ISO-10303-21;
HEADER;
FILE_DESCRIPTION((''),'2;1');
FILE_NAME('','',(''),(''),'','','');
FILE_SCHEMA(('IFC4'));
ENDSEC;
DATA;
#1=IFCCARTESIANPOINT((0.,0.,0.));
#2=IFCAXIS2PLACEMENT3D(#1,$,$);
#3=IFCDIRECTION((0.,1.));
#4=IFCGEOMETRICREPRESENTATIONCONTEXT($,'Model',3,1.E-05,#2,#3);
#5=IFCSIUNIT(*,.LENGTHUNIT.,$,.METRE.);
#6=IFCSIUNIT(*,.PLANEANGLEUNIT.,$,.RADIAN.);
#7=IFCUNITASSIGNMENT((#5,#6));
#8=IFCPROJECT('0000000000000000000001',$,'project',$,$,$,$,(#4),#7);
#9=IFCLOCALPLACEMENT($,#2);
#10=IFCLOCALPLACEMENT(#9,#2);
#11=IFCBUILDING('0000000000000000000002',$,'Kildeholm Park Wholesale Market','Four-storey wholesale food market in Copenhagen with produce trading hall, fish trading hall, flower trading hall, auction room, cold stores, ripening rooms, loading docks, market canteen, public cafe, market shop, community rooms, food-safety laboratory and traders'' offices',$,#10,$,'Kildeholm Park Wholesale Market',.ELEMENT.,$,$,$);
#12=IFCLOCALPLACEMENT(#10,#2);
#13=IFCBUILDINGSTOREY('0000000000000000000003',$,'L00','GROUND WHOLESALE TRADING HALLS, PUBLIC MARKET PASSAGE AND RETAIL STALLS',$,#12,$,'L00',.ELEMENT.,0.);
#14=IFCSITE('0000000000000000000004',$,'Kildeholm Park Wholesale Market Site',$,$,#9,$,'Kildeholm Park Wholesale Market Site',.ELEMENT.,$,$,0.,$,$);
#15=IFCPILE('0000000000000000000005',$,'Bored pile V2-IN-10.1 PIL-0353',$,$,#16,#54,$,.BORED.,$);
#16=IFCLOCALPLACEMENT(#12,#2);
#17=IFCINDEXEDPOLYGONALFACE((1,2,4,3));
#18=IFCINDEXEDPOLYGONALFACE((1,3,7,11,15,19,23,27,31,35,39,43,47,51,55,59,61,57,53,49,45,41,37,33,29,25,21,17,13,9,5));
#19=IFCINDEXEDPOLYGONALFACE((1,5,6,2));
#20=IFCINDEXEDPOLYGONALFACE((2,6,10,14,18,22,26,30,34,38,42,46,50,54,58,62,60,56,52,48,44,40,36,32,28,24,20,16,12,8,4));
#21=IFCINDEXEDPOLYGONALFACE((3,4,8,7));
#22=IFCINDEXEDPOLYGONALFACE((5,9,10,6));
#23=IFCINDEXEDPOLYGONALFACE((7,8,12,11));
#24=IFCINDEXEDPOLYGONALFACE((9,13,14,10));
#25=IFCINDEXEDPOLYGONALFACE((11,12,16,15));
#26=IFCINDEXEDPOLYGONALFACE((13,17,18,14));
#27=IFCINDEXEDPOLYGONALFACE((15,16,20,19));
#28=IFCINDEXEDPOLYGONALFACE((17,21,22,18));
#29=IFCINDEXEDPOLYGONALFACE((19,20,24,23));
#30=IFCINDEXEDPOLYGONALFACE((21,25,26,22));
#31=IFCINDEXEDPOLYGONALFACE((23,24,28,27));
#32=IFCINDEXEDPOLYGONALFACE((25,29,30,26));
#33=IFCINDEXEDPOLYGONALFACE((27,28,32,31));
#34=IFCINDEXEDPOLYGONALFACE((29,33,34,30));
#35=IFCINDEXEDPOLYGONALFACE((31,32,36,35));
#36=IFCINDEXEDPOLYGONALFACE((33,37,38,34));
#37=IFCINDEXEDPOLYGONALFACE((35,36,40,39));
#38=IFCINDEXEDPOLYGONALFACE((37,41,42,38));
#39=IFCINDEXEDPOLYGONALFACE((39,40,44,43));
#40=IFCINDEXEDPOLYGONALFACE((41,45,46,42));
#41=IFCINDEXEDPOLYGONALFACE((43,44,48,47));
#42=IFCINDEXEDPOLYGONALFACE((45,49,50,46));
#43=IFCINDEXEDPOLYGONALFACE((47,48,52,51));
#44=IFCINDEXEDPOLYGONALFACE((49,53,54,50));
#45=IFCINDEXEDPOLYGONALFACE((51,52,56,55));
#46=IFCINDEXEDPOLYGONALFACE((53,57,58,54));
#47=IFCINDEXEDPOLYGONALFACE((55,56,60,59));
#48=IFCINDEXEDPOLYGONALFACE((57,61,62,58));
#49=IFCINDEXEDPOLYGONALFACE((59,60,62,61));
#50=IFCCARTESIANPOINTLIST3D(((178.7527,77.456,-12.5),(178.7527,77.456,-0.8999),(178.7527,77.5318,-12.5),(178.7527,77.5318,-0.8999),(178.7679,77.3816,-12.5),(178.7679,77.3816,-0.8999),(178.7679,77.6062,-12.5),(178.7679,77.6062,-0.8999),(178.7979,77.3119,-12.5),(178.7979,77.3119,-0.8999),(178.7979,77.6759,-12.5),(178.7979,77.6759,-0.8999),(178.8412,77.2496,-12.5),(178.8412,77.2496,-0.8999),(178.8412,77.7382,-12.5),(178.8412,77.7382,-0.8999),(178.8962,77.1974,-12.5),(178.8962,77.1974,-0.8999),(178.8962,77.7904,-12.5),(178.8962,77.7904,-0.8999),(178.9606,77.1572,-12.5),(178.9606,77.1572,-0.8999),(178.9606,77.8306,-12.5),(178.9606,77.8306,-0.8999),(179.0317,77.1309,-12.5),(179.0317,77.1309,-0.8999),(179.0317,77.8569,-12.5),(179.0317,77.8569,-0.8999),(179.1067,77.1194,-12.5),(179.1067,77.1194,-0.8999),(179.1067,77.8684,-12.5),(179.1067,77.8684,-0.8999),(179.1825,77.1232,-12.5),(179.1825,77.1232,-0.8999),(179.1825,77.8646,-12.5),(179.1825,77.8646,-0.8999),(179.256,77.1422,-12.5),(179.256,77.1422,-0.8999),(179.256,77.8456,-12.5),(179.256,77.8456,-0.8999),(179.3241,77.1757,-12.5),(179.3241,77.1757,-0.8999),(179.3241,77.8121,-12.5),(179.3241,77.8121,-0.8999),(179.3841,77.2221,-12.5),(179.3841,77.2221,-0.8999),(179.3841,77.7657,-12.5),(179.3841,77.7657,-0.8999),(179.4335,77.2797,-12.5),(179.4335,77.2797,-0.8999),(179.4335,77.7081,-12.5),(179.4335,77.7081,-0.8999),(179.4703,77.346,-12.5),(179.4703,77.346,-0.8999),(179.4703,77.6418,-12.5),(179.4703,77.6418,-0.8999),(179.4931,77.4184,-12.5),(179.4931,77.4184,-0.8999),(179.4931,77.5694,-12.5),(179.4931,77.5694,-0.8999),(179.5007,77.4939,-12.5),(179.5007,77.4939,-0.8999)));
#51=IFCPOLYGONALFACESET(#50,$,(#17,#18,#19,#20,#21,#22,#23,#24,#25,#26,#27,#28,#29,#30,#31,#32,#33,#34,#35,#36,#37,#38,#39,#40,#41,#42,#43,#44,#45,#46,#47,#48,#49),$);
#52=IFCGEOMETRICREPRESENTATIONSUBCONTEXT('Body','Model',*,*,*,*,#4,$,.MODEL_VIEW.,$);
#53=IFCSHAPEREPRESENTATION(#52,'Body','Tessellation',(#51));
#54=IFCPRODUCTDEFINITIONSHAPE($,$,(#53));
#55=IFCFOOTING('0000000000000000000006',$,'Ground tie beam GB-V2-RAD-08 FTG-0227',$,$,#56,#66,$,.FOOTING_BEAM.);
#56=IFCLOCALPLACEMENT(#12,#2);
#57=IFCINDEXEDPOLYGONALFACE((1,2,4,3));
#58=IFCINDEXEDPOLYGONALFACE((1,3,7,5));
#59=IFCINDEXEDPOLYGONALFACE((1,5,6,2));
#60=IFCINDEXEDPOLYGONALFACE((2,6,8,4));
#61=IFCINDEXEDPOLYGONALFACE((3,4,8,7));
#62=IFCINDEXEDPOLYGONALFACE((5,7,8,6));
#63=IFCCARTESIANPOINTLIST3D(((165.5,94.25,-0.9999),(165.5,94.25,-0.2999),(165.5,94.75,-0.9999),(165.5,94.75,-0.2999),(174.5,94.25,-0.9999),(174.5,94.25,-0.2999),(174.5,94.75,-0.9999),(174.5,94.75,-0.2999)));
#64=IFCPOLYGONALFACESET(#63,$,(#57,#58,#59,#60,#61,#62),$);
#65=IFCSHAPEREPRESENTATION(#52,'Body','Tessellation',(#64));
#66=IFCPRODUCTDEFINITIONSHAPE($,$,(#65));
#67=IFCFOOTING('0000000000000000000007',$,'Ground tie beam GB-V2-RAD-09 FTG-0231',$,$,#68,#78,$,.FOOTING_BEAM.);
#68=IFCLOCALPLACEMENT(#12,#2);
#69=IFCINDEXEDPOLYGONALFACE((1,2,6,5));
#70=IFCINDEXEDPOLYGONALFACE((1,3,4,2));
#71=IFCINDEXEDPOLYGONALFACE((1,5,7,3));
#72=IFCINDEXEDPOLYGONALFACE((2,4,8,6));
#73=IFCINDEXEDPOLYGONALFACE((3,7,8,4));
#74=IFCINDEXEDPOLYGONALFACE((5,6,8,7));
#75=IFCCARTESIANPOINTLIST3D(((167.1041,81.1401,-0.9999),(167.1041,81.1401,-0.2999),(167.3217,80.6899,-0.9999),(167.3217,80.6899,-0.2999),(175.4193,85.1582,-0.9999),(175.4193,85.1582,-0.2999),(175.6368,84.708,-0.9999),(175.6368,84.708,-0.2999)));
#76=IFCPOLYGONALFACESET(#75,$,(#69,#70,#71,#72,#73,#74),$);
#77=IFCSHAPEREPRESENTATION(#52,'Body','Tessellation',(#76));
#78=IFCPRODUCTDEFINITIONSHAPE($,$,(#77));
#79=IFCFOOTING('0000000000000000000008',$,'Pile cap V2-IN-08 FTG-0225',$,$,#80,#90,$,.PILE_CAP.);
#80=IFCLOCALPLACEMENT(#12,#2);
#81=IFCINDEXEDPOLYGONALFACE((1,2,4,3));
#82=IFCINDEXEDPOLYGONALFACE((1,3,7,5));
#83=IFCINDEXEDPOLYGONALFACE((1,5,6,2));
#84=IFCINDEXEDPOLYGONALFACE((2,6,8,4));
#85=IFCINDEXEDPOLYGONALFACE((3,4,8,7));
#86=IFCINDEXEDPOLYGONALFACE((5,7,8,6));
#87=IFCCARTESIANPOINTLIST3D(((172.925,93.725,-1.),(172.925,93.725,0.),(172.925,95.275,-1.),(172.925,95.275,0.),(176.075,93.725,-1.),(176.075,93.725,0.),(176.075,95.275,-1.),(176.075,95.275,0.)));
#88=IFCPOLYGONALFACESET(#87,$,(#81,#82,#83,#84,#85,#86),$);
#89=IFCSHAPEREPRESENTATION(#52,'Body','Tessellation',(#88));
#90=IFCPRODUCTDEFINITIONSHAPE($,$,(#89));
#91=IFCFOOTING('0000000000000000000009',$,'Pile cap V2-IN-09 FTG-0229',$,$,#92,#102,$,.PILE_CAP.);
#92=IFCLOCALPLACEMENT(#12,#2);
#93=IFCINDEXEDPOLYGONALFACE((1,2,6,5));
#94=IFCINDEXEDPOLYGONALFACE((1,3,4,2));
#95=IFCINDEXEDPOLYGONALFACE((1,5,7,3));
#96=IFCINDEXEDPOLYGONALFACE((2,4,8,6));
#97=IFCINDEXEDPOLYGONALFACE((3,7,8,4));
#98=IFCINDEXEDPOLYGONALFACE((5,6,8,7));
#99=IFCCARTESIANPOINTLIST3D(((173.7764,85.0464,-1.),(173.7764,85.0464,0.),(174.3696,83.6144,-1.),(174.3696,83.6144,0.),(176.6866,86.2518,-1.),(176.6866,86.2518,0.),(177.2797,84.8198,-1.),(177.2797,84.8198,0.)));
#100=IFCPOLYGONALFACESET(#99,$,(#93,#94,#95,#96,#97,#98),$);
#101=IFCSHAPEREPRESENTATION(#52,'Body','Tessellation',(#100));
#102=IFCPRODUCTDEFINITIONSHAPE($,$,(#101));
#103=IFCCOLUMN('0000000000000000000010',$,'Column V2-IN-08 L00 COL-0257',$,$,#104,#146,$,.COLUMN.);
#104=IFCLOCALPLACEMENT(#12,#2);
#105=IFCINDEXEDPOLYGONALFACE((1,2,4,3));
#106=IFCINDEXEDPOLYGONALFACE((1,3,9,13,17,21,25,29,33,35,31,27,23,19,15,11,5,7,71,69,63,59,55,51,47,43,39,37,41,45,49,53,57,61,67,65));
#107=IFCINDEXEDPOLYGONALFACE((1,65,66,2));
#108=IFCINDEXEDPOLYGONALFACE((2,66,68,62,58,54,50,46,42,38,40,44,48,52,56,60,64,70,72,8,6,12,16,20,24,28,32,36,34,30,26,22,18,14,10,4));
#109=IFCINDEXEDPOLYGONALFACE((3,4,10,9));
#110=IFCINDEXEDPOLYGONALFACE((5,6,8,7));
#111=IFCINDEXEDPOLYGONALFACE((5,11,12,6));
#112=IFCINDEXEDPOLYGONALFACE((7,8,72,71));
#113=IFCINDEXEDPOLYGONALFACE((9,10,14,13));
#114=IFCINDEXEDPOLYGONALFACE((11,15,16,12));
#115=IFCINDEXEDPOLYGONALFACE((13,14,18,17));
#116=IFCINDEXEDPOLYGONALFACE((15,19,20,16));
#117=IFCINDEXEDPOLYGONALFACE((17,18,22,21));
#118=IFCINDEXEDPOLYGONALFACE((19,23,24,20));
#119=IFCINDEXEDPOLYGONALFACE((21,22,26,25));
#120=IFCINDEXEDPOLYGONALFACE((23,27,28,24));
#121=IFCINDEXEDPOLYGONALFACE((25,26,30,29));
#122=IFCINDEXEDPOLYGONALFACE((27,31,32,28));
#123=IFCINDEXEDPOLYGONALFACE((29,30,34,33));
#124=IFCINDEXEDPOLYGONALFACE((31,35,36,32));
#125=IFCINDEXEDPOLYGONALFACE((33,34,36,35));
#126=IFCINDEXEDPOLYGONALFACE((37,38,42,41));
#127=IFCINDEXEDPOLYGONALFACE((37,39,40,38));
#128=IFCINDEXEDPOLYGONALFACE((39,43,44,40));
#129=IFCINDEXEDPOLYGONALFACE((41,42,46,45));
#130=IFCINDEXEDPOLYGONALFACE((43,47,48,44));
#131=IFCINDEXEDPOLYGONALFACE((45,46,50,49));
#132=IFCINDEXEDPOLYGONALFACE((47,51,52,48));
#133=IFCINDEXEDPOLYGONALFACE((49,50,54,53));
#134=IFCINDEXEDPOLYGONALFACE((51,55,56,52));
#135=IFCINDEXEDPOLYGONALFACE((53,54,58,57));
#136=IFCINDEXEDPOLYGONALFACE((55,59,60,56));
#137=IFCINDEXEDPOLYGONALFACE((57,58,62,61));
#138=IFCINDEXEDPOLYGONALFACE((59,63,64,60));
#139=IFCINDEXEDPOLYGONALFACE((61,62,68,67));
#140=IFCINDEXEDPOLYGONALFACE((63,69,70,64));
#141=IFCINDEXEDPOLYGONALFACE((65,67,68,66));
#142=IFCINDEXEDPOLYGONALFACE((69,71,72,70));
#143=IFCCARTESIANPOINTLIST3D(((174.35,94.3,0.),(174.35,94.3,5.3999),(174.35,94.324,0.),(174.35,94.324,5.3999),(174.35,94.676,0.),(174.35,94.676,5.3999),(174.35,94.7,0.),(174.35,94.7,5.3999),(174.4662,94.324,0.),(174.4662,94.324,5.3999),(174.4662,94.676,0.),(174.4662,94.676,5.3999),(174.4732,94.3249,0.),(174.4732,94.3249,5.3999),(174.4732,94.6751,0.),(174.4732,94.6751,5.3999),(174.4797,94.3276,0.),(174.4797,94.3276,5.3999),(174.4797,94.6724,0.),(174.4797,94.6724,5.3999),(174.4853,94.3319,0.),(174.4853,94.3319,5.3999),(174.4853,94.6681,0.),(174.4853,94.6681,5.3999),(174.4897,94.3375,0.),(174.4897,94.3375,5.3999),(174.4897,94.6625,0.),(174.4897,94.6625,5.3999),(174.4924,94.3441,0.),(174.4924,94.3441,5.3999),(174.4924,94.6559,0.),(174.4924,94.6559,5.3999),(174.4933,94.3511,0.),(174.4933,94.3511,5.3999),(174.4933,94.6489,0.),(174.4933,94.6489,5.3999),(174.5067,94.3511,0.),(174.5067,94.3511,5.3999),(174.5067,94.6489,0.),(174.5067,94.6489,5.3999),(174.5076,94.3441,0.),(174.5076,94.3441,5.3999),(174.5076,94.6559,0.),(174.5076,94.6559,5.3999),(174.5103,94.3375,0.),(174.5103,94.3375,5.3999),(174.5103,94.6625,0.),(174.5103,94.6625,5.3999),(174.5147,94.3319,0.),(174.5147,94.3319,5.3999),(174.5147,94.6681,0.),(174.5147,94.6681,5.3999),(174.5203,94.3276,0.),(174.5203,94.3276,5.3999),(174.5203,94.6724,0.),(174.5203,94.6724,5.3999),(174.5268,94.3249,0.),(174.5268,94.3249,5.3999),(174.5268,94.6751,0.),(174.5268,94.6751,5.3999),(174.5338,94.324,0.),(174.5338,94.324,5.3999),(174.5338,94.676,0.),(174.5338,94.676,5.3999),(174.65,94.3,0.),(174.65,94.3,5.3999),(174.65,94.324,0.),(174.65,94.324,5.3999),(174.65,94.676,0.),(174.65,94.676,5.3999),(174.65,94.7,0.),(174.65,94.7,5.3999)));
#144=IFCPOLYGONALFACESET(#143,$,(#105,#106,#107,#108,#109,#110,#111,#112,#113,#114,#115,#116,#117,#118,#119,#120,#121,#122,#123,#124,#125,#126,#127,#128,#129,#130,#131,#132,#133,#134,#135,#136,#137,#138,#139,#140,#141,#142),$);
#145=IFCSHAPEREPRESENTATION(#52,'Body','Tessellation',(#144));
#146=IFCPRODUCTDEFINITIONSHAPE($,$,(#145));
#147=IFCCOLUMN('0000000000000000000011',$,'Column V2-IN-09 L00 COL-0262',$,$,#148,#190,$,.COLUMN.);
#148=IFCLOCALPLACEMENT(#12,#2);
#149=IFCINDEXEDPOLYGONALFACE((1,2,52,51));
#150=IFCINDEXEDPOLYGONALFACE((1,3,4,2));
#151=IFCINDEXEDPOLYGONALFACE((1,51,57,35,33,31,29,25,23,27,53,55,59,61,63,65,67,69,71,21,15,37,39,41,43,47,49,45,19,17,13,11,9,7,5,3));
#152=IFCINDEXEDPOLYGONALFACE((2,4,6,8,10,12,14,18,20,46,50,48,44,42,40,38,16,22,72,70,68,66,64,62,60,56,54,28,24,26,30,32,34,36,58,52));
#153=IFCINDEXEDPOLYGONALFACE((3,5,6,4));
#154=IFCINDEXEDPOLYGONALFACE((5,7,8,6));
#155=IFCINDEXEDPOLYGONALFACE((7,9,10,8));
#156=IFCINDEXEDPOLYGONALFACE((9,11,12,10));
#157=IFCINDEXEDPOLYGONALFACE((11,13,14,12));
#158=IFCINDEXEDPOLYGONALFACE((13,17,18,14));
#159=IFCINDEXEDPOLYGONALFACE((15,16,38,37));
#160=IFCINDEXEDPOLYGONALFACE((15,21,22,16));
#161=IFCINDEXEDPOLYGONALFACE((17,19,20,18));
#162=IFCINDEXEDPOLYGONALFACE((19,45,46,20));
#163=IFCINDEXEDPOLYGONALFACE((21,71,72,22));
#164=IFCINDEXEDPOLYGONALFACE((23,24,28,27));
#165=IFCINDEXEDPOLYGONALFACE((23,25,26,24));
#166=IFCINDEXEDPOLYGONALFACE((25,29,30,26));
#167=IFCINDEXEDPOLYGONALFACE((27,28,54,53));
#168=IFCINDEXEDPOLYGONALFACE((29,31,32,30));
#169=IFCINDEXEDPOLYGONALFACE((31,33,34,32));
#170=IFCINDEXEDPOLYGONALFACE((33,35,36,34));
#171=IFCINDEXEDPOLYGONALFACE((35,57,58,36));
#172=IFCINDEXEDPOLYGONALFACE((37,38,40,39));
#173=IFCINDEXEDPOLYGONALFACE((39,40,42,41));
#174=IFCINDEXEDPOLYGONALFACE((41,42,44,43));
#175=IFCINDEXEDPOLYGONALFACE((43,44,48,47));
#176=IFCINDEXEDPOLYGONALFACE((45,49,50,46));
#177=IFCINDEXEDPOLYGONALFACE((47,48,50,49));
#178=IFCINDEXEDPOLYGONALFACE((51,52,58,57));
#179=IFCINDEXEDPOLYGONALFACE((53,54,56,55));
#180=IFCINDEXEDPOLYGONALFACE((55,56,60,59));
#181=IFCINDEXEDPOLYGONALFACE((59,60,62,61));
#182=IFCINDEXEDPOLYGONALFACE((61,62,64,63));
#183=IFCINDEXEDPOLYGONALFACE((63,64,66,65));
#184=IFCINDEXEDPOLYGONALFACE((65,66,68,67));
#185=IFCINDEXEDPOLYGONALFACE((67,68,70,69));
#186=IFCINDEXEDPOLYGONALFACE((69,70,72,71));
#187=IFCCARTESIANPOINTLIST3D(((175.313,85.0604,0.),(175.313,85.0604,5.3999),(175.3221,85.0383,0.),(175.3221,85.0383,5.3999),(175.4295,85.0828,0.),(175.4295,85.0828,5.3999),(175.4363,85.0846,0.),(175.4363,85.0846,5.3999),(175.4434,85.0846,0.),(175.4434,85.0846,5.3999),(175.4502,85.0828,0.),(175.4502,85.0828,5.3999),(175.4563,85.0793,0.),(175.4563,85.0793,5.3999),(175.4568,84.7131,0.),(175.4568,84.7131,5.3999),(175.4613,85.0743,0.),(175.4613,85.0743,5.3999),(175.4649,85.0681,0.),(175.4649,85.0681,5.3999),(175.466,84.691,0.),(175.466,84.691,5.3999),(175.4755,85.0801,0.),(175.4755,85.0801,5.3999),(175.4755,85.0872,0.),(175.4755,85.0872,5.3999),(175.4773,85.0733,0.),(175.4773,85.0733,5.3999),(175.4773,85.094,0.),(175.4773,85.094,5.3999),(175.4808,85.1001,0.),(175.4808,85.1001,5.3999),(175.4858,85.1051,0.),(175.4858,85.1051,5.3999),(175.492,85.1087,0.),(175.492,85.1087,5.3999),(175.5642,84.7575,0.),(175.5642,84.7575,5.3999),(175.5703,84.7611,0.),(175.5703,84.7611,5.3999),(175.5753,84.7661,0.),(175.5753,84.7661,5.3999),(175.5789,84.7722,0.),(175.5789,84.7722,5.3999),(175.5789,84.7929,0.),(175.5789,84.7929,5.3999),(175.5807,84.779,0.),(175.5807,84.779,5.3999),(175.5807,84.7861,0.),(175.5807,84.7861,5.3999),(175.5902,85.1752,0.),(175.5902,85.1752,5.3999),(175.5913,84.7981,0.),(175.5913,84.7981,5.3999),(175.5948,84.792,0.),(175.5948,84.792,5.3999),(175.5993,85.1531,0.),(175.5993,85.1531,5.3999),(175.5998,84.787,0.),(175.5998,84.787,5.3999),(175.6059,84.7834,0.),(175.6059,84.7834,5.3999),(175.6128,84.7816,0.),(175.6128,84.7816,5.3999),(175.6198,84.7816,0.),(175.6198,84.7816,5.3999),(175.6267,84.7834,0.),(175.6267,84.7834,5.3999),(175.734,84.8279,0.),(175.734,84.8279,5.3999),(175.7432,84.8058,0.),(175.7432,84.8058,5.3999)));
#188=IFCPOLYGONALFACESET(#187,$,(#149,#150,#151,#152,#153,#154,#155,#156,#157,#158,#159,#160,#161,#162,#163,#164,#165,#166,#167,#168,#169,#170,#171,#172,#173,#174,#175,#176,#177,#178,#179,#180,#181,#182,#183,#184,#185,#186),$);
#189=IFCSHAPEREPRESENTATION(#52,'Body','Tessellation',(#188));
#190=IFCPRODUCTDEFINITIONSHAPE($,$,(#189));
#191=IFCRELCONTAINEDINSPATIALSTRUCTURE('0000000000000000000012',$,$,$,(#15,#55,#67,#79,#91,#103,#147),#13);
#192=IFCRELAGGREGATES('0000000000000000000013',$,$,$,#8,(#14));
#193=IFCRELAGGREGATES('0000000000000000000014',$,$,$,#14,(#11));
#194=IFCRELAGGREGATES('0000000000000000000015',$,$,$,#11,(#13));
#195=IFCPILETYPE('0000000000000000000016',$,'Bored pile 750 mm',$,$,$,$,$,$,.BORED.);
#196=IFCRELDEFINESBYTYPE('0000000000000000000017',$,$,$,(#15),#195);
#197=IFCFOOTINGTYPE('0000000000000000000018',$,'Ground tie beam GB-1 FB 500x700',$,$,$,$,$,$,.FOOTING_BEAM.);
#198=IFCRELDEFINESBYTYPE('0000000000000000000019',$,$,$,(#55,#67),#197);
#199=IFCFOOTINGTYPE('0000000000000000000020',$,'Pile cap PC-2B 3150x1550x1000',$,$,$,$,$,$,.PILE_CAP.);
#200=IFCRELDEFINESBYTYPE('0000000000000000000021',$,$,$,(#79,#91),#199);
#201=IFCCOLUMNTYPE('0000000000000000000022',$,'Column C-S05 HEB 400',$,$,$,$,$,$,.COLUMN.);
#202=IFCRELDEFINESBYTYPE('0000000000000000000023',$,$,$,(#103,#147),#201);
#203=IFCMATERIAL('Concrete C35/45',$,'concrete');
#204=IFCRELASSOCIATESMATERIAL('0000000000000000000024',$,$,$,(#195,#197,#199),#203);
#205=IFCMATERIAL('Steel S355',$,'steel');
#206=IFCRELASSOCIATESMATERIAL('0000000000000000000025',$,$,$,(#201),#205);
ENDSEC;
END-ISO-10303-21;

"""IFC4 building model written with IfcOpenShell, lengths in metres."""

from ifc_helpers import new_model, si_unit, direction, frame, origin, origin_2d, place, context, subcontext, project, spatial, rectangle, circle, i_section, extrude, material, material_profile, profile_set, type_object, element, save


model = new_model("IFC4")

# Units and contexts
model_context = context("Model", 3, precision=1e-05, world=origin(), true_north=direction((0.0, 1.0)))
body_context = subcontext(model_context, "Body", "Model", "MODEL_VIEW")
ifc_project = project(units=[si_unit("LENGTHUNIT", "METRE"), si_unit("PLANEANGLEUNIT", "RADIAN")], contexts=[model_context])

# Site, building, storey
site_placement = place(None, origin())
site = spatial("IfcSite", under=ifc_project, at=site_placement, Name="Kildeholm Park Wholesale Market Site", LongName="Kildeholm Park Wholesale Market Site", CompositionType="ELEMENT", RefElevation=0.0)
building_placement = place(site_placement, origin())
building = spatial("IfcBuilding", under=site, at=building_placement, Name="Kildeholm Park Wholesale Market", Description="Four-storey wholesale food market in Copenhagen with produce trading hall, fish trading hall, flower trading hall, auction room, cold stores, ripening rooms, loading docks, market canteen, public cafe, market shop, community rooms, food-safety laboratory and traders' offices", LongName="Kildeholm Park Wholesale Market", CompositionType="ELEMENT")
storey_placement = place(building_placement, origin())
storey = spatial("IfcBuildingStorey", under=building, at=storey_placement, Name="L00", Description="GROUND WHOLESALE TRADING HALLS, PUBLIC MARKET PASSAGE AND RETAIL STALLS", LongName="L00", CompositionType="ELEMENT", Elevation=0.0)

# Pile
ifc_material_1 = material(Name="Concrete C35/45", Category="concrete")
ifc_material_profile_1 = material_profile(ifc_material_1, circle(Radius=0.375, at=origin_2d()), Name="PILE D750")
ifc_profile_set_1 = profile_set([ifc_material_profile_1], Name="Concrete C35/45")
pile_type = type_object("IfcPileType", Name="Bored pile 750 mm", PredefinedType="BORED", material=ifc_profile_set_1)
pile_1_placement = place(storey_placement, frame((179.1257, 77.4939, -0.8999), z_axis=(0.0, 0.0, -1.0), x_axis=(1.0, 0.0, 0.0)))
element("IfcPile", 1, at=pile_1_placement, inside=storey, type_object=pile_type, Name="Bored pile V2-IN-10.1 PIL-0353", PredefinedType="BORED", context=body_context, shape_type="SweptSolid", body=[
    extrude(circle(Radius=0.375, at=origin_2d()), origin(), (0.0, 0.0, 1.0), 11.6001),
])

# Footings
ifc_material_profile_2 = material_profile(ifc_material_1, rectangle(XDim=0.5, YDim=0.7, at=origin_2d()), Name="FB 500x700")
ifc_profile_set_2 = profile_set([ifc_material_profile_2], Name="Concrete C35/45")
footing_type_1 = type_object("IfcFootingType", Name="Ground tie beam GB-1 FB 500x700", PredefinedType="FOOTING_BEAM", material=ifc_profile_set_2)
footing_1_placement = place(storey_placement, frame((174.5, 94.5, -0.6499), z_axis=(-1.0, 0.0, 0.0), x_axis=(0.0, -1.0, 0.0)))
element("IfcFooting", 2, at=footing_1_placement, inside=storey, type_object=footing_type_1, Name="Ground tie beam GB-V2-RAD-08 FTG-0227", PredefinedType="FOOTING_BEAM", context=body_context, shape_type="SweptSolid", body=[
    extrude(rectangle(XDim=0.5, YDim=0.7, at=origin_2d()), origin(), (0.0, 0.0, 1.0), 9.0),
])
footing_2_placement = place(storey_placement, frame((175.5281, 84.9331, -0.6499), z_axis=(-0.900389, -0.435086, 0.0), x_axis=(0.435086, -0.900389, 0.0)))
element("IfcFooting", 3, at=footing_2_placement, inside=storey, type_object=footing_type_1, Name="Ground tie beam GB-V2-RAD-09 FTG-0231", PredefinedType="FOOTING_BEAM", context=body_context, shape_type="SweptSolid", body=[
    extrude(rectangle(XDim=0.5, YDim=0.7, at=origin_2d()), origin(), (0.0, 0.0, 1.0), 9.2351),
])
footing_type_2 = type_object("IfcFootingType", Name="Pile cap PC-2B 3150x1550x1000", PredefinedType="PILE_CAP", material=ifc_material_1)
for number, where, z_axis, x_axis, name in (
    (4, (174.5, 94.5, -1.0), (0.0, 0.0, 1.0), (-1.0, 0.0, 0.0), "Pile cap V2-IN-08 FTG-0225"),
    (5, (175.5281, 84.9331, -1.0), (0.0, 0.0, 1.0), (-0.92388, -0.382683, 0.0), "Pile cap V2-IN-09 FTG-0229"),
):
    element("IfcFooting", number, at=place(storey_placement, frame(where, z_axis=z_axis, x_axis=x_axis)), inside=storey, type_object=footing_type_2, Name=name, PredefinedType="PILE_CAP", context=body_context, shape_type="SweptSolid", body=[
        extrude(rectangle(XDim=3.1499, YDim=1.55, at=origin_2d()), origin(), (0.0, 0.0, 1.0), 1.0),
    ])

# Columns
ifc_material_2 = material(Name="Steel S355", Category="steel")
ifc_material_profile_3 = material_profile(ifc_material_2, i_section(OverallWidth=0.3, OverallDepth=0.3999, WebThickness=0.0134, FlangeThickness=0.0239, FilletRadius=0.0271, at=origin_2d()), Name="HEB 400")
ifc_profile_set_3 = profile_set([ifc_material_profile_3], Name="Steel S355")
column_type = type_object("IfcColumnType", Name="Column C-S05 HEB 400", PredefinedType="COLUMN", material=ifc_profile_set_3)
for number, where, z_axis, x_axis, name in (
    (6, (174.5, 94.5, 0.0), (0.0, 0.0, 1.0), (-1.0, 0.0, 0.0), "Column V2-IN-08 L00 COL-0257"),
    (7, (175.5281, 84.9331, 0.0), (0.0, 0.0, 1.0), (-0.92388, -0.382683, 0.0), "Column V2-IN-09 L00 COL-0262"),
):
    element("IfcColumn", number, at=place(storey_placement, frame(where, z_axis=z_axis, x_axis=x_axis)), inside=storey, type_object=column_type, Name=name, PredefinedType="COLUMN", context=body_context, shape_type="SweptSolid", body=[
        extrude(i_section(OverallWidth=0.3, OverallDepth=0.3999, WebThickness=0.0134, FlangeThickness=0.0239, FilletRadius=0.0271, at=origin_2d()), origin(), (0.0, 0.0, 1.0), 5.3999),
    ])

save(model, "model.ifc")
